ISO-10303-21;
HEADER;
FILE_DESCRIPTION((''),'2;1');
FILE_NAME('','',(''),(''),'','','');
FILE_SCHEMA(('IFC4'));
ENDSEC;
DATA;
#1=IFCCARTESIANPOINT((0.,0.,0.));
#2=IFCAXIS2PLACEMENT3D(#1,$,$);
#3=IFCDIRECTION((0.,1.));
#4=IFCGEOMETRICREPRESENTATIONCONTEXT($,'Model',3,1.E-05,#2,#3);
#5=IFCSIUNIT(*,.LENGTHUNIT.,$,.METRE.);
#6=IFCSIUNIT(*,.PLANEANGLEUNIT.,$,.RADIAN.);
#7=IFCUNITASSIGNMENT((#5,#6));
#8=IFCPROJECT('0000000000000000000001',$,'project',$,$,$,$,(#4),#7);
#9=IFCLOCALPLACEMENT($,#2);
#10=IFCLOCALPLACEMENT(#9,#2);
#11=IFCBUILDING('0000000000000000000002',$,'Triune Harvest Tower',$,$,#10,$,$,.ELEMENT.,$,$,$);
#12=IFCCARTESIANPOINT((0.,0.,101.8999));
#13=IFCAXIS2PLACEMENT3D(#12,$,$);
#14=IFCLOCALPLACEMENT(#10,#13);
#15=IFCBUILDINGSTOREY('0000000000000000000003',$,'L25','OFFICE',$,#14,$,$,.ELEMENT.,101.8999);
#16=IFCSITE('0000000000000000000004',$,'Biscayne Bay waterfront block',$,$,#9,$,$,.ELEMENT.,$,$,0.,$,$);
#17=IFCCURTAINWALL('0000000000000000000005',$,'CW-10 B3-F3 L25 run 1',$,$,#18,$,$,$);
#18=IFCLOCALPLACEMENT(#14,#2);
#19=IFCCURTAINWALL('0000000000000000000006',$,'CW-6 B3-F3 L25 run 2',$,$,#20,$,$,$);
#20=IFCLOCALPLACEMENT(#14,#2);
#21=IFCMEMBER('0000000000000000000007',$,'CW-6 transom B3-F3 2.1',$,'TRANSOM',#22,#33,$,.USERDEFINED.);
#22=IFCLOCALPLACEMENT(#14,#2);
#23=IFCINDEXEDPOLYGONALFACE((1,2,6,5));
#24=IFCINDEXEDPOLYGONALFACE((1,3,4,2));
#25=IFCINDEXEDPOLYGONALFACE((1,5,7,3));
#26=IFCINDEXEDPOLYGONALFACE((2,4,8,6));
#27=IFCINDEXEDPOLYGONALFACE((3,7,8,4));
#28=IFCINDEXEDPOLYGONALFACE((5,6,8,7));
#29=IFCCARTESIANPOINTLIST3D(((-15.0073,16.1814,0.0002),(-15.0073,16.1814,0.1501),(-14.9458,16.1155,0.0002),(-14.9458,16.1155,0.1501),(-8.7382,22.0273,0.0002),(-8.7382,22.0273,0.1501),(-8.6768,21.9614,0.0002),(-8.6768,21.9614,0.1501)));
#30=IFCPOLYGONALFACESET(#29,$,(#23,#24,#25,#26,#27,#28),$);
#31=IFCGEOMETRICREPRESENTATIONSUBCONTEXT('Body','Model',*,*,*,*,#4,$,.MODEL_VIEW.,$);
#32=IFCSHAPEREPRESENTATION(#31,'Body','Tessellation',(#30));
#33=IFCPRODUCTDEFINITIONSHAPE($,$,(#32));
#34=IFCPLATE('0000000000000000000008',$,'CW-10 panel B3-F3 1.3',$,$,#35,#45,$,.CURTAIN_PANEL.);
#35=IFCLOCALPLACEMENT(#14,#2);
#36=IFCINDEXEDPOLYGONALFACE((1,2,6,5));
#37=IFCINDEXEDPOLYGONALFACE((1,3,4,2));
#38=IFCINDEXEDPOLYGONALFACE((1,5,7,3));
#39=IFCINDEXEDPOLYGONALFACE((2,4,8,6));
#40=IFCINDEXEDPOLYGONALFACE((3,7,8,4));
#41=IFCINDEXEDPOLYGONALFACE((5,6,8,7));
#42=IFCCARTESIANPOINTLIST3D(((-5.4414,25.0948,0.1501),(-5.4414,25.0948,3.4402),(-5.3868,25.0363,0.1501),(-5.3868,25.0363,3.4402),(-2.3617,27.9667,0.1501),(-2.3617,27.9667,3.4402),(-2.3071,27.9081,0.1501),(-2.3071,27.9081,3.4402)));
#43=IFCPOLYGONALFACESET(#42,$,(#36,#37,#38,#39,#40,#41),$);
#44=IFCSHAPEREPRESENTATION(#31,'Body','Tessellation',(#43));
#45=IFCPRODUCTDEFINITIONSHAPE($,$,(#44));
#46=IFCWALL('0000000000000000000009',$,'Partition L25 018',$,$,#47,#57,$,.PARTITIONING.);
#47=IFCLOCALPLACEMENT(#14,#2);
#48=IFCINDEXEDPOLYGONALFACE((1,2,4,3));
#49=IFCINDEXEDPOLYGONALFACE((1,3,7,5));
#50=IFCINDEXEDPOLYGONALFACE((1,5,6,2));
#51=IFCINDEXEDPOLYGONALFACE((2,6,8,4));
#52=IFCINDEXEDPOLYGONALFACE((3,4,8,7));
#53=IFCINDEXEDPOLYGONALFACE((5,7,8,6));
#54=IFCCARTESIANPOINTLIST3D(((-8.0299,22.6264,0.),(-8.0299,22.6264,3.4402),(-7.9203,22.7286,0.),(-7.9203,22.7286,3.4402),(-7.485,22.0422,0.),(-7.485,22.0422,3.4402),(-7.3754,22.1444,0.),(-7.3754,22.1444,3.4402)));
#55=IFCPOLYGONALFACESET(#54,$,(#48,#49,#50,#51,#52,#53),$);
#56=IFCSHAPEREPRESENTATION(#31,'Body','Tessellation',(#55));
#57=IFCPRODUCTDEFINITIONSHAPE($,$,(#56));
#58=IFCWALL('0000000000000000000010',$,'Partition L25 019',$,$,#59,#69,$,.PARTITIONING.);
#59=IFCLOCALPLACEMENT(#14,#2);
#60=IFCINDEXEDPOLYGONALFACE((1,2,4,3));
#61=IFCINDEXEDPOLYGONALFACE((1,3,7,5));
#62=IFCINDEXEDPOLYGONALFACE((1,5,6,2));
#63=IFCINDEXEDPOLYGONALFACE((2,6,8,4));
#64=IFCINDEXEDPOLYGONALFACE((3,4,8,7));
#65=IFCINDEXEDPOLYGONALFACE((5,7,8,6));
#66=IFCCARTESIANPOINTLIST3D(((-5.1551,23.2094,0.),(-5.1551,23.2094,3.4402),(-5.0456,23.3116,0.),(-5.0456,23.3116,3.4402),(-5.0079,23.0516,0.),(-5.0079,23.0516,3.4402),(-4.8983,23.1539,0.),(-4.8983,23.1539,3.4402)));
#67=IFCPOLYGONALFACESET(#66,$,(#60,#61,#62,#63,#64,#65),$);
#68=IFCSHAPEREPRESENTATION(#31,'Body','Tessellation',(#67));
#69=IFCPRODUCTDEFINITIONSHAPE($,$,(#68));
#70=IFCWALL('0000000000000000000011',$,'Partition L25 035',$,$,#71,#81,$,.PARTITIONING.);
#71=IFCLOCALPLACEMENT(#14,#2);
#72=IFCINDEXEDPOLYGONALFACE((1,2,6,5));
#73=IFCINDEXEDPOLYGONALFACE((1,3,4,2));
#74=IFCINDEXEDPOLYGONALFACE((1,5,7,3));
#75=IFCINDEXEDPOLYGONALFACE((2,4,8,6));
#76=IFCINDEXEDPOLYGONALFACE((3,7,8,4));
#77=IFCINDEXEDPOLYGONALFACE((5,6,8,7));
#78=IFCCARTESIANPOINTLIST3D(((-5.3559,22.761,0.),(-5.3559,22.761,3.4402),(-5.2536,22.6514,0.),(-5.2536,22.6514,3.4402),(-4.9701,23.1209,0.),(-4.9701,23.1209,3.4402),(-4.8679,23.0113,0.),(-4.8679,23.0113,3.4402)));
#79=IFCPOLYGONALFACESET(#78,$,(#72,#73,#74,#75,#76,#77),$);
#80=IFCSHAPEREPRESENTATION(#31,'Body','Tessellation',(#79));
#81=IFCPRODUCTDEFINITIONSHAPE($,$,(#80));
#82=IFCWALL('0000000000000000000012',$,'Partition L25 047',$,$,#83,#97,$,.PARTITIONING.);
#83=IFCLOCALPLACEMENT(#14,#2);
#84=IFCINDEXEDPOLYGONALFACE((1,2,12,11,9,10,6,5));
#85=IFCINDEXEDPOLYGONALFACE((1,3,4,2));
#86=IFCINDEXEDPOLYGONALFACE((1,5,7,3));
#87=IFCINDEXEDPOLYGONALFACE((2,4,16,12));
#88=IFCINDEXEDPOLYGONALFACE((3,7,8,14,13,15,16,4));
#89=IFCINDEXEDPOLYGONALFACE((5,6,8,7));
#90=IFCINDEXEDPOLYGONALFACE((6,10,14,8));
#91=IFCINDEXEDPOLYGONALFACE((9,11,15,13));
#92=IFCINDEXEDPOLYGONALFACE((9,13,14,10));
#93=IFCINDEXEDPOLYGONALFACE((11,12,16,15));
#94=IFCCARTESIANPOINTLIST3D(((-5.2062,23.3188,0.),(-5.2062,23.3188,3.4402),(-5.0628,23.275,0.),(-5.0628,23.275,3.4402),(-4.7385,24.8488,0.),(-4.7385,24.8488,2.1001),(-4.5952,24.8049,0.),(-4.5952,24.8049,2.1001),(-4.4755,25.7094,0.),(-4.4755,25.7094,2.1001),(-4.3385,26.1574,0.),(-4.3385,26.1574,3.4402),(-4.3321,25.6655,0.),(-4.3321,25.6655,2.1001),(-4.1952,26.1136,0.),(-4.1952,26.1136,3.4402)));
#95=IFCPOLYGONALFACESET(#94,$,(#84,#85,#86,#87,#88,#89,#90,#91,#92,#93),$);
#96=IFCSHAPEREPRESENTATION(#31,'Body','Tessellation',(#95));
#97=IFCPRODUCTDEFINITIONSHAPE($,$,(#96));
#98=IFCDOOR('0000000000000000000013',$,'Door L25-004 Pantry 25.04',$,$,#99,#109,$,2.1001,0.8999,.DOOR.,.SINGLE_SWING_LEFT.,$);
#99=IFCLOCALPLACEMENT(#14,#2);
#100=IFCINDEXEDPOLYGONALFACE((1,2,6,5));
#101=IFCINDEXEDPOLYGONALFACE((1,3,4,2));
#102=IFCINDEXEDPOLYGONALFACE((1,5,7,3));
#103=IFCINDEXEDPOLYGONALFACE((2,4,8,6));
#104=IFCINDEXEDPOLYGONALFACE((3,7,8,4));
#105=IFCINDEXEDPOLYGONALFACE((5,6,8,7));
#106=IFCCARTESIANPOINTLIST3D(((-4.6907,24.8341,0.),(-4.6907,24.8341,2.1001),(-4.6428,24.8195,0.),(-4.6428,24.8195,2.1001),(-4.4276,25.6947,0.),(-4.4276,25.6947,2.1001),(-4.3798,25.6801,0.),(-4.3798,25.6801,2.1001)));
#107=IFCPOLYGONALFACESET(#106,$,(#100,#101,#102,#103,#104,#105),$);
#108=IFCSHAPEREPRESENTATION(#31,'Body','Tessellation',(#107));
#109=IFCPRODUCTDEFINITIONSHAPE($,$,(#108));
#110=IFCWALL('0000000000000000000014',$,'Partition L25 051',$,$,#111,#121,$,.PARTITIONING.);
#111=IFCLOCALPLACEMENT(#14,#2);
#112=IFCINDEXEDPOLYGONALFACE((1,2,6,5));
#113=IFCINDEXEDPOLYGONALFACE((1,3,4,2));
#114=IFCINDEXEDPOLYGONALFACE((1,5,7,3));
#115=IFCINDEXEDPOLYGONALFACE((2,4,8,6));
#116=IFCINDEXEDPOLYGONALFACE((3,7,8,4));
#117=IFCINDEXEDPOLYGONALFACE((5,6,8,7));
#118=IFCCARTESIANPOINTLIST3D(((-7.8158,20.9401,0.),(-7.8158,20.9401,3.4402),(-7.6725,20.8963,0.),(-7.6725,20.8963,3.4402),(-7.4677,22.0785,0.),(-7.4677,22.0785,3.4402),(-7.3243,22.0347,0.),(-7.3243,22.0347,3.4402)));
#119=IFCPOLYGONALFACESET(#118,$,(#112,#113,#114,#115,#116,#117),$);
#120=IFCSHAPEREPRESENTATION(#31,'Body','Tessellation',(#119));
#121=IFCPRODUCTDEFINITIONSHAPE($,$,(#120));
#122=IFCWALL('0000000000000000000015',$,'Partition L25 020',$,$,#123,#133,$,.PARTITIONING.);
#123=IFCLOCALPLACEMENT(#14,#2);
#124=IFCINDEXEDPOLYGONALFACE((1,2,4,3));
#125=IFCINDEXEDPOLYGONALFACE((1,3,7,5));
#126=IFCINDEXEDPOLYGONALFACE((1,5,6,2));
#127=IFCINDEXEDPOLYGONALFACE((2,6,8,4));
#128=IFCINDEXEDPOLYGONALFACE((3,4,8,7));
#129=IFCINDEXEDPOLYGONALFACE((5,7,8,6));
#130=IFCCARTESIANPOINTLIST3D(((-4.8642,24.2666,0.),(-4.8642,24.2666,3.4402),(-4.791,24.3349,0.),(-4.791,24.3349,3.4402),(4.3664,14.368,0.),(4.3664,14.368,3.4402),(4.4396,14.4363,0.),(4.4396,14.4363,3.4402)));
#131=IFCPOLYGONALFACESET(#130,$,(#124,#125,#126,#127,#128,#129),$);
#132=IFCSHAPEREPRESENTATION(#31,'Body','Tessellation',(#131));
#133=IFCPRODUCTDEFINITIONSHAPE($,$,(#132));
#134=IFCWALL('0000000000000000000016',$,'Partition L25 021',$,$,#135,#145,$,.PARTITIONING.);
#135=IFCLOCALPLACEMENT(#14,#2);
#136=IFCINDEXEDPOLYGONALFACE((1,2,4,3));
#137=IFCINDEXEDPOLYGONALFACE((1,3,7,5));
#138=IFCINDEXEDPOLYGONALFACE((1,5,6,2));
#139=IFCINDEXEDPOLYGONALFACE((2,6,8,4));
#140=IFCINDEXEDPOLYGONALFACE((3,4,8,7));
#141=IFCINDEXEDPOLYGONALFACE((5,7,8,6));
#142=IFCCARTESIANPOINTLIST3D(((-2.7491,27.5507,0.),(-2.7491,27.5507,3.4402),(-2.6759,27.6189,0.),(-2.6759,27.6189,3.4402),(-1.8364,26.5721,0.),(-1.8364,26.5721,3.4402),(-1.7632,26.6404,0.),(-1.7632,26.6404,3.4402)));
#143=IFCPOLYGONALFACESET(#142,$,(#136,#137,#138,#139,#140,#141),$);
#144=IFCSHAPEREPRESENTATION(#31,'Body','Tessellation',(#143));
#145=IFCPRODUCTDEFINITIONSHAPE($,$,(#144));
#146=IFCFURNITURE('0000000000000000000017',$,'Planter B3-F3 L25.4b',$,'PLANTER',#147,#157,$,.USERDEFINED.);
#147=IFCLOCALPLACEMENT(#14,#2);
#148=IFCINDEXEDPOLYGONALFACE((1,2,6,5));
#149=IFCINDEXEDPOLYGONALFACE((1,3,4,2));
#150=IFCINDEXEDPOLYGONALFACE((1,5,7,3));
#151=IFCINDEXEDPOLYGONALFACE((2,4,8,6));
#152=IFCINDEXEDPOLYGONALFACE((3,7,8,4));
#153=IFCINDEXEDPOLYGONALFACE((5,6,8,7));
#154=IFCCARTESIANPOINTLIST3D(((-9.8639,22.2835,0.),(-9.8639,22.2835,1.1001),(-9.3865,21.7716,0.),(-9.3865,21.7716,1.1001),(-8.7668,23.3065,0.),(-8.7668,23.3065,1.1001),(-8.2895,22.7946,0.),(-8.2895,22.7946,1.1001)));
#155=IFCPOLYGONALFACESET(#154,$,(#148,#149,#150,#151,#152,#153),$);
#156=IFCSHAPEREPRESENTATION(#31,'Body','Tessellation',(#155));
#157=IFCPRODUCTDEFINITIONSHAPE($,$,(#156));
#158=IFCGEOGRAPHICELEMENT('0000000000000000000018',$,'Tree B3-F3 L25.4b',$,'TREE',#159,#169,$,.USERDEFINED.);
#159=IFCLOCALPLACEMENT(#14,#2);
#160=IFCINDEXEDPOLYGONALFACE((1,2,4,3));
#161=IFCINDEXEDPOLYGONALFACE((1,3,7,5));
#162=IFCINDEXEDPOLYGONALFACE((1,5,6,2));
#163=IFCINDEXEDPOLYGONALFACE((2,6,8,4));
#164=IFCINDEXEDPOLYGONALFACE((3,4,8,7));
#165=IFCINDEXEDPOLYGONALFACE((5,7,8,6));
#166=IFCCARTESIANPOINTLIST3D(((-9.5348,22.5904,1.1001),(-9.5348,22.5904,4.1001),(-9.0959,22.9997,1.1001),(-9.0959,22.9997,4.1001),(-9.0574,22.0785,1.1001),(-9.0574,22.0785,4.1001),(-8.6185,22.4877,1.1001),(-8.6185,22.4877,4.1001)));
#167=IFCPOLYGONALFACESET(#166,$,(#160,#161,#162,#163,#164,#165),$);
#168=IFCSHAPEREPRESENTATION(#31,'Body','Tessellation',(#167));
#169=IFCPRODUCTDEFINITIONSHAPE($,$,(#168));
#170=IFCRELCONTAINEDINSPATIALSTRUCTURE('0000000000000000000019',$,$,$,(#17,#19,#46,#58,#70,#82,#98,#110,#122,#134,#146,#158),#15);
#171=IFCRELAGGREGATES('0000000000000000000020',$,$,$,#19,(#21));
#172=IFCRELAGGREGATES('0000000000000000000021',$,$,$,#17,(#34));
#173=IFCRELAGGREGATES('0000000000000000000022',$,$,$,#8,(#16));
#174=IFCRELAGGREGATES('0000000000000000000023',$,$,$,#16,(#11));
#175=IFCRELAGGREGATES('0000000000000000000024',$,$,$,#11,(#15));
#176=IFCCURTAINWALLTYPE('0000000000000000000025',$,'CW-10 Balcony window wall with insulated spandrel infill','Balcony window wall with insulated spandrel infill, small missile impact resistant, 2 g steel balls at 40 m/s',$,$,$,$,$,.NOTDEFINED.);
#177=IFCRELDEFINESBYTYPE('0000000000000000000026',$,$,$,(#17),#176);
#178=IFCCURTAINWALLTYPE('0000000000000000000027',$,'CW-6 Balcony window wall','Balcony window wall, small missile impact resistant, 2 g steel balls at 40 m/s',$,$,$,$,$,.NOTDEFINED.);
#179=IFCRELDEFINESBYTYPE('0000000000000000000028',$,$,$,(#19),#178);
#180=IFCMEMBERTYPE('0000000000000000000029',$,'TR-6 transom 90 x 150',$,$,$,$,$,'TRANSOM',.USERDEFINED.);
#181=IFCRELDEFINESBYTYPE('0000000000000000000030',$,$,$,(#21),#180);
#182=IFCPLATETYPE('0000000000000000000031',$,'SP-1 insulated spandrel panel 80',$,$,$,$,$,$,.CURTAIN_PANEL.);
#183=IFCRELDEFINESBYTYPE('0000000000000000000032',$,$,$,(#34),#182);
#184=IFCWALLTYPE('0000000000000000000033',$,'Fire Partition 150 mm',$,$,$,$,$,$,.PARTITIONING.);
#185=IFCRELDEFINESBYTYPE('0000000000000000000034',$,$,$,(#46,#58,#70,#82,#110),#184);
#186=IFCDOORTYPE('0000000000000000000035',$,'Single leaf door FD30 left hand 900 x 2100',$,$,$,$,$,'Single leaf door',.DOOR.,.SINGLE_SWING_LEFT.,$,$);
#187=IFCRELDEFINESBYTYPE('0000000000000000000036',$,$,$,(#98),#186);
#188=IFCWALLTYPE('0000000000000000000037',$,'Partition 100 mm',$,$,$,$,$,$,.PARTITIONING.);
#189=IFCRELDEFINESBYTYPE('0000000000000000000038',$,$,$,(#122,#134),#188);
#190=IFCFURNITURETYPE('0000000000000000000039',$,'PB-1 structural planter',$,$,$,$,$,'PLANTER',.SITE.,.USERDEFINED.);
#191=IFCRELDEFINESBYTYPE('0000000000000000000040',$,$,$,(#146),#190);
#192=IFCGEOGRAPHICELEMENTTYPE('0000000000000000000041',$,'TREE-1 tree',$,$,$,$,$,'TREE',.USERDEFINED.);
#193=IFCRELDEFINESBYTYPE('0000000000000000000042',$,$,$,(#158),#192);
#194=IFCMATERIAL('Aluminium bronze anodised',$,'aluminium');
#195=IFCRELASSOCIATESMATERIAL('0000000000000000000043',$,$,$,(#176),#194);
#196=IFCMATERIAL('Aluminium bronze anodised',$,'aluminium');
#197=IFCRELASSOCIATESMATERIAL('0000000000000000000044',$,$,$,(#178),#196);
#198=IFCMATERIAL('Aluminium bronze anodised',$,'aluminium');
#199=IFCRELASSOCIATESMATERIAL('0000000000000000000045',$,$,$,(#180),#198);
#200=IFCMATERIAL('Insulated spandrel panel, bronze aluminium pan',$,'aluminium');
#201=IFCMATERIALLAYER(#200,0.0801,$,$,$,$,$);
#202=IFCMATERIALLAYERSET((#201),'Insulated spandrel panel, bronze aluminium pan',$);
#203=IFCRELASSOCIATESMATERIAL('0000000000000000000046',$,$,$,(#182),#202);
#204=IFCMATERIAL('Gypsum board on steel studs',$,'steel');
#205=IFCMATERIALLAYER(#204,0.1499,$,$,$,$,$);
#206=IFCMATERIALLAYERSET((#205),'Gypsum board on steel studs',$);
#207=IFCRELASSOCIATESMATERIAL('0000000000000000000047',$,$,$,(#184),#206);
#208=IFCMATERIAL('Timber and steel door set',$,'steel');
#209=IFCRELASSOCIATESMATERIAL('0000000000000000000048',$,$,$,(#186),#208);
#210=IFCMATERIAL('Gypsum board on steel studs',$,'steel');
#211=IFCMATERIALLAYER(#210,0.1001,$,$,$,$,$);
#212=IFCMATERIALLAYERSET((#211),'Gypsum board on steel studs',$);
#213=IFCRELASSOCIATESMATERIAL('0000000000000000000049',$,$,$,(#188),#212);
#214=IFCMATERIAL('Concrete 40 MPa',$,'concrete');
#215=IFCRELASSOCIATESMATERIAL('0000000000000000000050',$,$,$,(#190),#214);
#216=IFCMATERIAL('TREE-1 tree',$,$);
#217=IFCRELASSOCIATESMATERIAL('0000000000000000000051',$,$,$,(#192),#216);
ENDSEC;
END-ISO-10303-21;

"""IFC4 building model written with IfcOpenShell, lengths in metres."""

from ifc_helpers import new_model, si_unit, direction, frame, frame_2d, origin, origin_2d, place, context, subcontext, project, spatial, rectangle, extrude, source, transform, mapped, material, layer, layer_set, material_profile, profile_set, type_object, element, fill, aggregate, save


model = new_model("IFC4")

# Units and contexts
model_context = context("Model", 3, precision=1e-05, world=origin(), true_north=direction((0.0, 1.0)))
body_context = subcontext(model_context, "Body", "Model", "MODEL_VIEW")
ifc_project = project(units=[si_unit("LENGTHUNIT", "METRE"), si_unit("PLANEANGLEUNIT", "RADIAN")], contexts=[model_context])

# Site, building, storey
site_placement = place(None, origin())
site = spatial("IfcSite", under=ifc_project, at=site_placement, Name="Biscayne Bay waterfront block", CompositionType="ELEMENT", RefElevation=0.0)
building_placement = place(site_placement, origin())
building = spatial("IfcBuilding", under=site, at=building_placement, Name="Triune Harvest Tower", CompositionType="ELEMENT")
storey_placement = place(building_placement, frame((0.0, 0.0, 101.8999)))
storey = spatial("IfcBuildingStorey", under=building, at=storey_placement, Name="L25", Description="OFFICE", CompositionType="ELEMENT", Elevation=101.8999)

# Curtain wall
ifc_material_1 = material(Name="Aluminium bronze anodised", Category="aluminium")
curtain_wall_type_1 = type_object("IfcCurtainWallType", Name="CW-10 Balcony window wall with insulated spandrel infill", Description="Balcony window wall with insulated spandrel infill, small missile impact resistant, 2 g steel balls at 40 m/s", PredefinedType="NOTDEFINED", material=ifc_material_1)
curtain_wall_1_placement = place(storey_placement, origin())
curtain_wall_1 = element("IfcCurtainWall", 1, at=curtain_wall_1_placement, inside=storey, type_object=curtain_wall_type_1, Name="CW-10 B3-F3 L25 run 1")

# Curtain wall
ifc_material_2 = material(Name="Aluminium bronze anodised", Category="aluminium")
curtain_wall_type_2 = type_object("IfcCurtainWallType", Name="CW-6 Balcony window wall", Description="Balcony window wall, small missile impact resistant, 2 g steel balls at 40 m/s", PredefinedType="NOTDEFINED", material=ifc_material_2)
curtain_wall_2_placement = place(storey_placement, origin())
curtain_wall_2 = element("IfcCurtainWall", 2, at=curtain_wall_2_placement, inside=storey, type_object=curtain_wall_type_2, Name="CW-6 B3-F3 L25 run 2")

# Member
ifc_material_3 = material(Name="Aluminium bronze anodised", Category="aluminium")
ifc_material_profile_1 = material_profile(ifc_material_3, rectangle(XDim=0.0901, YDim=0.1499, at=origin_2d()), Name="TR-6 transom 90 x 150")
ifc_profile_set_1 = profile_set([ifc_material_profile_1], Name="Aluminium bronze anodised")
member_type_1 = type_object("IfcMemberType", Name="TR-6 transom 90 x 150", ElementType="TRANSOM", PredefinedType="USERDEFINED", material=ifc_profile_set_1)
shared_shape_1 = source(origin(), body_context, "Body", "SweptSolid", [
    extrude(rectangle(XDim=0.0901, YDim=0.1499, at=origin_2d()), origin(), (0.0, 0.0, 1.0), 8.5718),
])
member_1_placement = place(storey_placement, frame((-8.7075, 21.9944, 0.0752), z_axis=(-0.731355, -0.681996, 0.0), x_axis=(0.681996, -0.731355, 0.0)))
member_1 = element("IfcMember", 3, at=member_1_placement, type_object=member_type_1, Name="CW-6 transom B3-F3 2.1", ObjectType="TRANSOM", PredefinedType="USERDEFINED", context=body_context, shape_type="MappedRepresentation", body=[
    mapped(shared_shape_1, transform((0.0, 0.0, 0.0), scale=1.0)),
])
aggregate(curtain_wall_2, [member_1])

# Plate
ifc_material_4 = material(Name="Insulated spandrel panel, bronze aluminium pan", Category="aluminium")
ifc_layer_1 = layer(ifc_material_4, 0.0801)
ifc_layer_set_1 = layer_set([ifc_layer_1], Name="Insulated spandrel panel, bronze aluminium pan")
plate_type = type_object("IfcPlateType", Name="SP-1 insulated spandrel panel 80", PredefinedType="CURTAIN_PANEL", material=ifc_layer_set_1)
shared_shape_2 = source(origin(), body_context, "Body", "SweptSolid", [
    extrude(rectangle(XDim=4.2109, YDim=0.0801, at=origin_2d()), origin(), (0.0, 0.0, 1.0), 3.29),
])
plate_placement = place(storey_placement, frame((-3.8743, 26.5015, 0.1501), z_axis=(0.0, 0.0, 1.0), x_axis=(-0.731353, -0.681999, 0.0)))
plate = element("IfcPlate", 4, at=plate_placement, type_object=plate_type, Name="CW-10 panel B3-F3 1.3", PredefinedType="CURTAIN_PANEL", context=body_context, shape_type="MappedRepresentation", body=[
    mapped(shared_shape_2, transform((0.0, 0.0, 0.0), scale=1.0)),
])
aggregate(curtain_wall_1, [plate])

# Walls
ifc_material_5 = material(Name="Gypsum board on steel studs", Category="steel")
ifc_layer_2 = layer(ifc_material_5, 0.1499)
ifc_layer_set_2 = layer_set([ifc_layer_2], Name="Gypsum board on steel studs")
wall_type_1 = type_object("IfcWallType", Name="Fire Partition 150 mm", PredefinedType="PARTITIONING", material=ifc_layer_set_2)
wall_1_placement = place(storey_placement, frame((-7.9751, 22.6775, 0.0), z_axis=(0.0, 0.0, 1.0), x_axis=(0.682079, -0.731279, 0.0)))
element("IfcWall", 5, at=wall_1_placement, inside=storey, type_object=wall_type_1, Name="Partition L25 018", PredefinedType="PARTITIONING", context=body_context, shape_type="SweptSolid", body=[
    extrude(rectangle(XDim=0.7988, YDim=0.1499, at=frame_2d((0.3994, 0.0))), origin(), (0.0, 0.0, 1.0), 3.4402),
])
wall_2_placement = place(storey_placement, frame((-5.1003, 23.2605, 0.0), z_axis=(0.0, 0.0, 1.0), x_axis=(0.682359, -0.731018, 0.0)))
element("IfcWall", 6, at=wall_2_placement, inside=storey, type_object=wall_type_1, Name="Partition L25 019", PredefinedType="PARTITIONING", context=body_context, shape_type="SweptSolid", body=[
    extrude(rectangle(XDim=0.2158, YDim=0.1499, at=frame_2d((0.1079, 0.0))), origin(), (0.0, 0.0, 1.0), 3.4402),
])
wall_3_placement = place(storey_placement, frame((-5.3047, 22.7063, 0.0), z_axis=(0.0, 0.0, 1.0), x_axis=(0.731209, 0.682153, 0.0)))
element("IfcWall", 7, at=wall_3_placement, inside=storey, type_object=wall_type_1, Name="Partition L25 035", PredefinedType="PARTITIONING", context=body_context, shape_type="SweptSolid", body=[
    extrude(rectangle(XDim=0.5276, YDim=0.1499, at=frame_2d((0.2637, 0.0))), origin(), (0.0, 0.0, 1.0), 3.4402),
])

# Wall, opening, door
wall_4_placement = place(storey_placement, frame((-5.1345, 23.2969, 0.0), z_axis=(0.0, 0.0, 1.0), x_axis=(0.292317, 0.956322, 0.0)))
wall_4 = element("IfcWall", 8, at=wall_4_placement, inside=storey, type_object=wall_type_1, Name="Partition L25 047", PredefinedType="PARTITIONING", context=body_context, shape_type="SweptSolid", body=[
    extrude(rectangle(XDim=2.9683, YDim=0.1499, at=frame_2d((1.4841, 0.0))), origin(), (0.0, 0.0, 1.0), 3.4402),
])
opening_1_placement = place(wall_4_placement, frame((1.5999, 0.0, 0.0)))
opening_1 = element("IfcOpeningElement", 9, at=opening_1_placement, cuts=wall_4, PredefinedType="OPENING", context=body_context, shape_type="SweptSolid", body=[
    extrude(rectangle(XDim=0.8999, YDim=2.1001, at=frame_2d((0.45, 1.05))), frame((0.0, 0.085, 0.0), z_axis=(0.0, -1.0, 0.0), x_axis=(1.0, 0.0, 0.0)), (0.0, 0.0, 1.0), 0.1699),
])
ifc_material_6 = material(Name="Timber and steel door set", Category="steel")
door_type_1 = type_object("IfcDoorType", Name="Single leaf door FD30 left hand 900 x 2100", ElementType="Single leaf door", OperationType="SINGLE_SWING_LEFT", PredefinedType="DOOR", material=ifc_material_6)
door_1_placement = place(opening_1_placement, origin())
door_1 = element("IfcDoor", 10, at=door_1_placement, inside=storey, type_object=door_type_1, Name="Door L25-004 Pantry 25.04", OperationType="SINGLE_SWING_LEFT", OverallHeight=2.1001, OverallWidth=0.8999, PredefinedType="DOOR", context=body_context, shape_type="SweptSolid", body=[
    extrude(rectangle(XDim=0.8999, YDim=2.1001, at=frame_2d((0.45, 1.05))), frame((0.0, 0.0249, 0.0), z_axis=(0.0, -1.0, 0.0), x_axis=(1.0, 0.0, 0.0)), (0.0, 0.0, 1.0), 0.05),
])
fill(opening_1, door_1)

# Walls
wall_5_placement = place(storey_placement, frame((-7.7441, 20.9182, 0.0), z_axis=(0.0, 0.0, 1.0), x_axis=(0.292443, 0.956283, 0.0)))
element("IfcWall", 11, at=wall_5_placement, inside=storey, type_object=wall_type_1, Name="Partition L25 051", PredefinedType="PARTITIONING", context=body_context, shape_type="SweptSolid", body=[
    extrude(rectangle(XDim=1.1904, YDim=0.1499, at=frame_2d((0.5952, 0.0))), origin(), (0.0, 0.0, 1.0), 3.4402),
])
ifc_material_7 = material(Name="Gypsum board on steel studs", Category="steel")
ifc_layer_3 = layer(ifc_material_7, 0.1001)
ifc_layer_set_3 = layer_set([ifc_layer_3], Name="Gypsum board on steel studs")
wall_type_2 = type_object("IfcWallType", Name="Partition 100 mm", PredefinedType="PARTITIONING", material=ifc_layer_set_3)
wall_6_placement = place(storey_placement, frame((-4.8276, 24.3008, 0.0), z_axis=(0.0, 0.0, 1.0), x_axis=(0.682, -0.731352, 0.0)))
element("IfcWall", 12, at=wall_6_placement, inside=storey, type_object=wall_type_2, Name="Partition L25 020", PredefinedType="PARTITIONING", context=body_context, shape_type="SweptSolid", body=[
    extrude(rectangle(XDim=13.5347, YDim=0.1001, at=frame_2d((6.7673, 0.0))), origin(), (0.0, 0.0, 1.0), 3.4402),
])

# Wall
shared_shape_3 = source(origin(), body_context, "Body", "SweptSolid", [
    extrude(rectangle(XDim=1.3381, YDim=0.1001, at=frame_2d((0.6689, 0.0))), origin(), (0.0, 0.0, 1.0), 3.4402),
])
wall_7_placement = place(storey_placement, frame((-2.7124, 27.5847, 0.0), z_axis=(0.0, 0.0, 1.0), x_axis=(0.682045, -0.73131, 0.0)))
element("IfcWall", 13, at=wall_7_placement, inside=storey, type_object=wall_type_2, Name="Partition L25 021", PredefinedType="PARTITIONING", context=body_context, shape_type="MappedRepresentation", body=[
    mapped(shared_shape_3, transform((0.0, 0.0, 0.0), scale=1.0)),
])

# Furniture
ifc_material_8 = material(Name="Concrete 40 MPa", Category="concrete")
furniture_type = type_object("IfcFurnitureType", Name="PB-1 structural planter", ElementType="PLANTER", AssemblyPlace="SITE", PredefinedType="USERDEFINED", material=ifc_material_8)
shared_shape_4 = source(origin(), body_context, "Body", "SweptSolid", [
    extrude(rectangle(XDim=1.5, YDim=0.7, at=origin_2d()), origin(), (0.0, 0.0, 1.0), 1.1001),
])
furniture_placement = place(storey_placement, frame((-9.0767, 22.5391, 0.0), z_axis=(0.0, 0.0, 1.0), x_axis=(-0.731353, -0.681999, 0.0)))
element("IfcFurniture", 14, at=furniture_placement, inside=storey, type_object=furniture_type, Name="Planter B3-F3 L25.4b", ObjectType="PLANTER", PredefinedType="USERDEFINED", context=body_context, shape_type="MappedRepresentation", body=[
    mapped(shared_shape_4, transform((0.0, 0.0, 0.0), scale=1.0)),
])

# Geographic element
ifc_material_9 = material(Name="TREE-1 tree")
geographic_element_type = type_object("IfcGeographicElementType", Name="TREE-1 tree", ElementType="TREE", PredefinedType="USERDEFINED", material=ifc_material_9)
shared_shape_5 = source(origin(), body_context, "Body", "SweptSolid", [
    extrude(rectangle(XDim=0.6001, YDim=0.7, at=origin_2d()), origin(), (0.0, 0.0, 1.0), 3.0),
])
geographic_element_placement = place(storey_placement, frame((-9.0767, 22.5391, 1.1001), z_axis=(0.0, 0.0, 1.0), x_axis=(-0.731353, -0.681999, 0.0)))
element("IfcGeographicElement", 15, at=geographic_element_placement, inside=storey, type_object=geographic_element_type, Name="Tree B3-F3 L25.4b", ObjectType="TREE", PredefinedType="USERDEFINED", context=body_context, shape_type="MappedRepresentation", body=[
    mapped(shared_shape_5, transform((0.0, 0.0, 0.0), scale=1.0)),
])

save(model, "model.ifc")
